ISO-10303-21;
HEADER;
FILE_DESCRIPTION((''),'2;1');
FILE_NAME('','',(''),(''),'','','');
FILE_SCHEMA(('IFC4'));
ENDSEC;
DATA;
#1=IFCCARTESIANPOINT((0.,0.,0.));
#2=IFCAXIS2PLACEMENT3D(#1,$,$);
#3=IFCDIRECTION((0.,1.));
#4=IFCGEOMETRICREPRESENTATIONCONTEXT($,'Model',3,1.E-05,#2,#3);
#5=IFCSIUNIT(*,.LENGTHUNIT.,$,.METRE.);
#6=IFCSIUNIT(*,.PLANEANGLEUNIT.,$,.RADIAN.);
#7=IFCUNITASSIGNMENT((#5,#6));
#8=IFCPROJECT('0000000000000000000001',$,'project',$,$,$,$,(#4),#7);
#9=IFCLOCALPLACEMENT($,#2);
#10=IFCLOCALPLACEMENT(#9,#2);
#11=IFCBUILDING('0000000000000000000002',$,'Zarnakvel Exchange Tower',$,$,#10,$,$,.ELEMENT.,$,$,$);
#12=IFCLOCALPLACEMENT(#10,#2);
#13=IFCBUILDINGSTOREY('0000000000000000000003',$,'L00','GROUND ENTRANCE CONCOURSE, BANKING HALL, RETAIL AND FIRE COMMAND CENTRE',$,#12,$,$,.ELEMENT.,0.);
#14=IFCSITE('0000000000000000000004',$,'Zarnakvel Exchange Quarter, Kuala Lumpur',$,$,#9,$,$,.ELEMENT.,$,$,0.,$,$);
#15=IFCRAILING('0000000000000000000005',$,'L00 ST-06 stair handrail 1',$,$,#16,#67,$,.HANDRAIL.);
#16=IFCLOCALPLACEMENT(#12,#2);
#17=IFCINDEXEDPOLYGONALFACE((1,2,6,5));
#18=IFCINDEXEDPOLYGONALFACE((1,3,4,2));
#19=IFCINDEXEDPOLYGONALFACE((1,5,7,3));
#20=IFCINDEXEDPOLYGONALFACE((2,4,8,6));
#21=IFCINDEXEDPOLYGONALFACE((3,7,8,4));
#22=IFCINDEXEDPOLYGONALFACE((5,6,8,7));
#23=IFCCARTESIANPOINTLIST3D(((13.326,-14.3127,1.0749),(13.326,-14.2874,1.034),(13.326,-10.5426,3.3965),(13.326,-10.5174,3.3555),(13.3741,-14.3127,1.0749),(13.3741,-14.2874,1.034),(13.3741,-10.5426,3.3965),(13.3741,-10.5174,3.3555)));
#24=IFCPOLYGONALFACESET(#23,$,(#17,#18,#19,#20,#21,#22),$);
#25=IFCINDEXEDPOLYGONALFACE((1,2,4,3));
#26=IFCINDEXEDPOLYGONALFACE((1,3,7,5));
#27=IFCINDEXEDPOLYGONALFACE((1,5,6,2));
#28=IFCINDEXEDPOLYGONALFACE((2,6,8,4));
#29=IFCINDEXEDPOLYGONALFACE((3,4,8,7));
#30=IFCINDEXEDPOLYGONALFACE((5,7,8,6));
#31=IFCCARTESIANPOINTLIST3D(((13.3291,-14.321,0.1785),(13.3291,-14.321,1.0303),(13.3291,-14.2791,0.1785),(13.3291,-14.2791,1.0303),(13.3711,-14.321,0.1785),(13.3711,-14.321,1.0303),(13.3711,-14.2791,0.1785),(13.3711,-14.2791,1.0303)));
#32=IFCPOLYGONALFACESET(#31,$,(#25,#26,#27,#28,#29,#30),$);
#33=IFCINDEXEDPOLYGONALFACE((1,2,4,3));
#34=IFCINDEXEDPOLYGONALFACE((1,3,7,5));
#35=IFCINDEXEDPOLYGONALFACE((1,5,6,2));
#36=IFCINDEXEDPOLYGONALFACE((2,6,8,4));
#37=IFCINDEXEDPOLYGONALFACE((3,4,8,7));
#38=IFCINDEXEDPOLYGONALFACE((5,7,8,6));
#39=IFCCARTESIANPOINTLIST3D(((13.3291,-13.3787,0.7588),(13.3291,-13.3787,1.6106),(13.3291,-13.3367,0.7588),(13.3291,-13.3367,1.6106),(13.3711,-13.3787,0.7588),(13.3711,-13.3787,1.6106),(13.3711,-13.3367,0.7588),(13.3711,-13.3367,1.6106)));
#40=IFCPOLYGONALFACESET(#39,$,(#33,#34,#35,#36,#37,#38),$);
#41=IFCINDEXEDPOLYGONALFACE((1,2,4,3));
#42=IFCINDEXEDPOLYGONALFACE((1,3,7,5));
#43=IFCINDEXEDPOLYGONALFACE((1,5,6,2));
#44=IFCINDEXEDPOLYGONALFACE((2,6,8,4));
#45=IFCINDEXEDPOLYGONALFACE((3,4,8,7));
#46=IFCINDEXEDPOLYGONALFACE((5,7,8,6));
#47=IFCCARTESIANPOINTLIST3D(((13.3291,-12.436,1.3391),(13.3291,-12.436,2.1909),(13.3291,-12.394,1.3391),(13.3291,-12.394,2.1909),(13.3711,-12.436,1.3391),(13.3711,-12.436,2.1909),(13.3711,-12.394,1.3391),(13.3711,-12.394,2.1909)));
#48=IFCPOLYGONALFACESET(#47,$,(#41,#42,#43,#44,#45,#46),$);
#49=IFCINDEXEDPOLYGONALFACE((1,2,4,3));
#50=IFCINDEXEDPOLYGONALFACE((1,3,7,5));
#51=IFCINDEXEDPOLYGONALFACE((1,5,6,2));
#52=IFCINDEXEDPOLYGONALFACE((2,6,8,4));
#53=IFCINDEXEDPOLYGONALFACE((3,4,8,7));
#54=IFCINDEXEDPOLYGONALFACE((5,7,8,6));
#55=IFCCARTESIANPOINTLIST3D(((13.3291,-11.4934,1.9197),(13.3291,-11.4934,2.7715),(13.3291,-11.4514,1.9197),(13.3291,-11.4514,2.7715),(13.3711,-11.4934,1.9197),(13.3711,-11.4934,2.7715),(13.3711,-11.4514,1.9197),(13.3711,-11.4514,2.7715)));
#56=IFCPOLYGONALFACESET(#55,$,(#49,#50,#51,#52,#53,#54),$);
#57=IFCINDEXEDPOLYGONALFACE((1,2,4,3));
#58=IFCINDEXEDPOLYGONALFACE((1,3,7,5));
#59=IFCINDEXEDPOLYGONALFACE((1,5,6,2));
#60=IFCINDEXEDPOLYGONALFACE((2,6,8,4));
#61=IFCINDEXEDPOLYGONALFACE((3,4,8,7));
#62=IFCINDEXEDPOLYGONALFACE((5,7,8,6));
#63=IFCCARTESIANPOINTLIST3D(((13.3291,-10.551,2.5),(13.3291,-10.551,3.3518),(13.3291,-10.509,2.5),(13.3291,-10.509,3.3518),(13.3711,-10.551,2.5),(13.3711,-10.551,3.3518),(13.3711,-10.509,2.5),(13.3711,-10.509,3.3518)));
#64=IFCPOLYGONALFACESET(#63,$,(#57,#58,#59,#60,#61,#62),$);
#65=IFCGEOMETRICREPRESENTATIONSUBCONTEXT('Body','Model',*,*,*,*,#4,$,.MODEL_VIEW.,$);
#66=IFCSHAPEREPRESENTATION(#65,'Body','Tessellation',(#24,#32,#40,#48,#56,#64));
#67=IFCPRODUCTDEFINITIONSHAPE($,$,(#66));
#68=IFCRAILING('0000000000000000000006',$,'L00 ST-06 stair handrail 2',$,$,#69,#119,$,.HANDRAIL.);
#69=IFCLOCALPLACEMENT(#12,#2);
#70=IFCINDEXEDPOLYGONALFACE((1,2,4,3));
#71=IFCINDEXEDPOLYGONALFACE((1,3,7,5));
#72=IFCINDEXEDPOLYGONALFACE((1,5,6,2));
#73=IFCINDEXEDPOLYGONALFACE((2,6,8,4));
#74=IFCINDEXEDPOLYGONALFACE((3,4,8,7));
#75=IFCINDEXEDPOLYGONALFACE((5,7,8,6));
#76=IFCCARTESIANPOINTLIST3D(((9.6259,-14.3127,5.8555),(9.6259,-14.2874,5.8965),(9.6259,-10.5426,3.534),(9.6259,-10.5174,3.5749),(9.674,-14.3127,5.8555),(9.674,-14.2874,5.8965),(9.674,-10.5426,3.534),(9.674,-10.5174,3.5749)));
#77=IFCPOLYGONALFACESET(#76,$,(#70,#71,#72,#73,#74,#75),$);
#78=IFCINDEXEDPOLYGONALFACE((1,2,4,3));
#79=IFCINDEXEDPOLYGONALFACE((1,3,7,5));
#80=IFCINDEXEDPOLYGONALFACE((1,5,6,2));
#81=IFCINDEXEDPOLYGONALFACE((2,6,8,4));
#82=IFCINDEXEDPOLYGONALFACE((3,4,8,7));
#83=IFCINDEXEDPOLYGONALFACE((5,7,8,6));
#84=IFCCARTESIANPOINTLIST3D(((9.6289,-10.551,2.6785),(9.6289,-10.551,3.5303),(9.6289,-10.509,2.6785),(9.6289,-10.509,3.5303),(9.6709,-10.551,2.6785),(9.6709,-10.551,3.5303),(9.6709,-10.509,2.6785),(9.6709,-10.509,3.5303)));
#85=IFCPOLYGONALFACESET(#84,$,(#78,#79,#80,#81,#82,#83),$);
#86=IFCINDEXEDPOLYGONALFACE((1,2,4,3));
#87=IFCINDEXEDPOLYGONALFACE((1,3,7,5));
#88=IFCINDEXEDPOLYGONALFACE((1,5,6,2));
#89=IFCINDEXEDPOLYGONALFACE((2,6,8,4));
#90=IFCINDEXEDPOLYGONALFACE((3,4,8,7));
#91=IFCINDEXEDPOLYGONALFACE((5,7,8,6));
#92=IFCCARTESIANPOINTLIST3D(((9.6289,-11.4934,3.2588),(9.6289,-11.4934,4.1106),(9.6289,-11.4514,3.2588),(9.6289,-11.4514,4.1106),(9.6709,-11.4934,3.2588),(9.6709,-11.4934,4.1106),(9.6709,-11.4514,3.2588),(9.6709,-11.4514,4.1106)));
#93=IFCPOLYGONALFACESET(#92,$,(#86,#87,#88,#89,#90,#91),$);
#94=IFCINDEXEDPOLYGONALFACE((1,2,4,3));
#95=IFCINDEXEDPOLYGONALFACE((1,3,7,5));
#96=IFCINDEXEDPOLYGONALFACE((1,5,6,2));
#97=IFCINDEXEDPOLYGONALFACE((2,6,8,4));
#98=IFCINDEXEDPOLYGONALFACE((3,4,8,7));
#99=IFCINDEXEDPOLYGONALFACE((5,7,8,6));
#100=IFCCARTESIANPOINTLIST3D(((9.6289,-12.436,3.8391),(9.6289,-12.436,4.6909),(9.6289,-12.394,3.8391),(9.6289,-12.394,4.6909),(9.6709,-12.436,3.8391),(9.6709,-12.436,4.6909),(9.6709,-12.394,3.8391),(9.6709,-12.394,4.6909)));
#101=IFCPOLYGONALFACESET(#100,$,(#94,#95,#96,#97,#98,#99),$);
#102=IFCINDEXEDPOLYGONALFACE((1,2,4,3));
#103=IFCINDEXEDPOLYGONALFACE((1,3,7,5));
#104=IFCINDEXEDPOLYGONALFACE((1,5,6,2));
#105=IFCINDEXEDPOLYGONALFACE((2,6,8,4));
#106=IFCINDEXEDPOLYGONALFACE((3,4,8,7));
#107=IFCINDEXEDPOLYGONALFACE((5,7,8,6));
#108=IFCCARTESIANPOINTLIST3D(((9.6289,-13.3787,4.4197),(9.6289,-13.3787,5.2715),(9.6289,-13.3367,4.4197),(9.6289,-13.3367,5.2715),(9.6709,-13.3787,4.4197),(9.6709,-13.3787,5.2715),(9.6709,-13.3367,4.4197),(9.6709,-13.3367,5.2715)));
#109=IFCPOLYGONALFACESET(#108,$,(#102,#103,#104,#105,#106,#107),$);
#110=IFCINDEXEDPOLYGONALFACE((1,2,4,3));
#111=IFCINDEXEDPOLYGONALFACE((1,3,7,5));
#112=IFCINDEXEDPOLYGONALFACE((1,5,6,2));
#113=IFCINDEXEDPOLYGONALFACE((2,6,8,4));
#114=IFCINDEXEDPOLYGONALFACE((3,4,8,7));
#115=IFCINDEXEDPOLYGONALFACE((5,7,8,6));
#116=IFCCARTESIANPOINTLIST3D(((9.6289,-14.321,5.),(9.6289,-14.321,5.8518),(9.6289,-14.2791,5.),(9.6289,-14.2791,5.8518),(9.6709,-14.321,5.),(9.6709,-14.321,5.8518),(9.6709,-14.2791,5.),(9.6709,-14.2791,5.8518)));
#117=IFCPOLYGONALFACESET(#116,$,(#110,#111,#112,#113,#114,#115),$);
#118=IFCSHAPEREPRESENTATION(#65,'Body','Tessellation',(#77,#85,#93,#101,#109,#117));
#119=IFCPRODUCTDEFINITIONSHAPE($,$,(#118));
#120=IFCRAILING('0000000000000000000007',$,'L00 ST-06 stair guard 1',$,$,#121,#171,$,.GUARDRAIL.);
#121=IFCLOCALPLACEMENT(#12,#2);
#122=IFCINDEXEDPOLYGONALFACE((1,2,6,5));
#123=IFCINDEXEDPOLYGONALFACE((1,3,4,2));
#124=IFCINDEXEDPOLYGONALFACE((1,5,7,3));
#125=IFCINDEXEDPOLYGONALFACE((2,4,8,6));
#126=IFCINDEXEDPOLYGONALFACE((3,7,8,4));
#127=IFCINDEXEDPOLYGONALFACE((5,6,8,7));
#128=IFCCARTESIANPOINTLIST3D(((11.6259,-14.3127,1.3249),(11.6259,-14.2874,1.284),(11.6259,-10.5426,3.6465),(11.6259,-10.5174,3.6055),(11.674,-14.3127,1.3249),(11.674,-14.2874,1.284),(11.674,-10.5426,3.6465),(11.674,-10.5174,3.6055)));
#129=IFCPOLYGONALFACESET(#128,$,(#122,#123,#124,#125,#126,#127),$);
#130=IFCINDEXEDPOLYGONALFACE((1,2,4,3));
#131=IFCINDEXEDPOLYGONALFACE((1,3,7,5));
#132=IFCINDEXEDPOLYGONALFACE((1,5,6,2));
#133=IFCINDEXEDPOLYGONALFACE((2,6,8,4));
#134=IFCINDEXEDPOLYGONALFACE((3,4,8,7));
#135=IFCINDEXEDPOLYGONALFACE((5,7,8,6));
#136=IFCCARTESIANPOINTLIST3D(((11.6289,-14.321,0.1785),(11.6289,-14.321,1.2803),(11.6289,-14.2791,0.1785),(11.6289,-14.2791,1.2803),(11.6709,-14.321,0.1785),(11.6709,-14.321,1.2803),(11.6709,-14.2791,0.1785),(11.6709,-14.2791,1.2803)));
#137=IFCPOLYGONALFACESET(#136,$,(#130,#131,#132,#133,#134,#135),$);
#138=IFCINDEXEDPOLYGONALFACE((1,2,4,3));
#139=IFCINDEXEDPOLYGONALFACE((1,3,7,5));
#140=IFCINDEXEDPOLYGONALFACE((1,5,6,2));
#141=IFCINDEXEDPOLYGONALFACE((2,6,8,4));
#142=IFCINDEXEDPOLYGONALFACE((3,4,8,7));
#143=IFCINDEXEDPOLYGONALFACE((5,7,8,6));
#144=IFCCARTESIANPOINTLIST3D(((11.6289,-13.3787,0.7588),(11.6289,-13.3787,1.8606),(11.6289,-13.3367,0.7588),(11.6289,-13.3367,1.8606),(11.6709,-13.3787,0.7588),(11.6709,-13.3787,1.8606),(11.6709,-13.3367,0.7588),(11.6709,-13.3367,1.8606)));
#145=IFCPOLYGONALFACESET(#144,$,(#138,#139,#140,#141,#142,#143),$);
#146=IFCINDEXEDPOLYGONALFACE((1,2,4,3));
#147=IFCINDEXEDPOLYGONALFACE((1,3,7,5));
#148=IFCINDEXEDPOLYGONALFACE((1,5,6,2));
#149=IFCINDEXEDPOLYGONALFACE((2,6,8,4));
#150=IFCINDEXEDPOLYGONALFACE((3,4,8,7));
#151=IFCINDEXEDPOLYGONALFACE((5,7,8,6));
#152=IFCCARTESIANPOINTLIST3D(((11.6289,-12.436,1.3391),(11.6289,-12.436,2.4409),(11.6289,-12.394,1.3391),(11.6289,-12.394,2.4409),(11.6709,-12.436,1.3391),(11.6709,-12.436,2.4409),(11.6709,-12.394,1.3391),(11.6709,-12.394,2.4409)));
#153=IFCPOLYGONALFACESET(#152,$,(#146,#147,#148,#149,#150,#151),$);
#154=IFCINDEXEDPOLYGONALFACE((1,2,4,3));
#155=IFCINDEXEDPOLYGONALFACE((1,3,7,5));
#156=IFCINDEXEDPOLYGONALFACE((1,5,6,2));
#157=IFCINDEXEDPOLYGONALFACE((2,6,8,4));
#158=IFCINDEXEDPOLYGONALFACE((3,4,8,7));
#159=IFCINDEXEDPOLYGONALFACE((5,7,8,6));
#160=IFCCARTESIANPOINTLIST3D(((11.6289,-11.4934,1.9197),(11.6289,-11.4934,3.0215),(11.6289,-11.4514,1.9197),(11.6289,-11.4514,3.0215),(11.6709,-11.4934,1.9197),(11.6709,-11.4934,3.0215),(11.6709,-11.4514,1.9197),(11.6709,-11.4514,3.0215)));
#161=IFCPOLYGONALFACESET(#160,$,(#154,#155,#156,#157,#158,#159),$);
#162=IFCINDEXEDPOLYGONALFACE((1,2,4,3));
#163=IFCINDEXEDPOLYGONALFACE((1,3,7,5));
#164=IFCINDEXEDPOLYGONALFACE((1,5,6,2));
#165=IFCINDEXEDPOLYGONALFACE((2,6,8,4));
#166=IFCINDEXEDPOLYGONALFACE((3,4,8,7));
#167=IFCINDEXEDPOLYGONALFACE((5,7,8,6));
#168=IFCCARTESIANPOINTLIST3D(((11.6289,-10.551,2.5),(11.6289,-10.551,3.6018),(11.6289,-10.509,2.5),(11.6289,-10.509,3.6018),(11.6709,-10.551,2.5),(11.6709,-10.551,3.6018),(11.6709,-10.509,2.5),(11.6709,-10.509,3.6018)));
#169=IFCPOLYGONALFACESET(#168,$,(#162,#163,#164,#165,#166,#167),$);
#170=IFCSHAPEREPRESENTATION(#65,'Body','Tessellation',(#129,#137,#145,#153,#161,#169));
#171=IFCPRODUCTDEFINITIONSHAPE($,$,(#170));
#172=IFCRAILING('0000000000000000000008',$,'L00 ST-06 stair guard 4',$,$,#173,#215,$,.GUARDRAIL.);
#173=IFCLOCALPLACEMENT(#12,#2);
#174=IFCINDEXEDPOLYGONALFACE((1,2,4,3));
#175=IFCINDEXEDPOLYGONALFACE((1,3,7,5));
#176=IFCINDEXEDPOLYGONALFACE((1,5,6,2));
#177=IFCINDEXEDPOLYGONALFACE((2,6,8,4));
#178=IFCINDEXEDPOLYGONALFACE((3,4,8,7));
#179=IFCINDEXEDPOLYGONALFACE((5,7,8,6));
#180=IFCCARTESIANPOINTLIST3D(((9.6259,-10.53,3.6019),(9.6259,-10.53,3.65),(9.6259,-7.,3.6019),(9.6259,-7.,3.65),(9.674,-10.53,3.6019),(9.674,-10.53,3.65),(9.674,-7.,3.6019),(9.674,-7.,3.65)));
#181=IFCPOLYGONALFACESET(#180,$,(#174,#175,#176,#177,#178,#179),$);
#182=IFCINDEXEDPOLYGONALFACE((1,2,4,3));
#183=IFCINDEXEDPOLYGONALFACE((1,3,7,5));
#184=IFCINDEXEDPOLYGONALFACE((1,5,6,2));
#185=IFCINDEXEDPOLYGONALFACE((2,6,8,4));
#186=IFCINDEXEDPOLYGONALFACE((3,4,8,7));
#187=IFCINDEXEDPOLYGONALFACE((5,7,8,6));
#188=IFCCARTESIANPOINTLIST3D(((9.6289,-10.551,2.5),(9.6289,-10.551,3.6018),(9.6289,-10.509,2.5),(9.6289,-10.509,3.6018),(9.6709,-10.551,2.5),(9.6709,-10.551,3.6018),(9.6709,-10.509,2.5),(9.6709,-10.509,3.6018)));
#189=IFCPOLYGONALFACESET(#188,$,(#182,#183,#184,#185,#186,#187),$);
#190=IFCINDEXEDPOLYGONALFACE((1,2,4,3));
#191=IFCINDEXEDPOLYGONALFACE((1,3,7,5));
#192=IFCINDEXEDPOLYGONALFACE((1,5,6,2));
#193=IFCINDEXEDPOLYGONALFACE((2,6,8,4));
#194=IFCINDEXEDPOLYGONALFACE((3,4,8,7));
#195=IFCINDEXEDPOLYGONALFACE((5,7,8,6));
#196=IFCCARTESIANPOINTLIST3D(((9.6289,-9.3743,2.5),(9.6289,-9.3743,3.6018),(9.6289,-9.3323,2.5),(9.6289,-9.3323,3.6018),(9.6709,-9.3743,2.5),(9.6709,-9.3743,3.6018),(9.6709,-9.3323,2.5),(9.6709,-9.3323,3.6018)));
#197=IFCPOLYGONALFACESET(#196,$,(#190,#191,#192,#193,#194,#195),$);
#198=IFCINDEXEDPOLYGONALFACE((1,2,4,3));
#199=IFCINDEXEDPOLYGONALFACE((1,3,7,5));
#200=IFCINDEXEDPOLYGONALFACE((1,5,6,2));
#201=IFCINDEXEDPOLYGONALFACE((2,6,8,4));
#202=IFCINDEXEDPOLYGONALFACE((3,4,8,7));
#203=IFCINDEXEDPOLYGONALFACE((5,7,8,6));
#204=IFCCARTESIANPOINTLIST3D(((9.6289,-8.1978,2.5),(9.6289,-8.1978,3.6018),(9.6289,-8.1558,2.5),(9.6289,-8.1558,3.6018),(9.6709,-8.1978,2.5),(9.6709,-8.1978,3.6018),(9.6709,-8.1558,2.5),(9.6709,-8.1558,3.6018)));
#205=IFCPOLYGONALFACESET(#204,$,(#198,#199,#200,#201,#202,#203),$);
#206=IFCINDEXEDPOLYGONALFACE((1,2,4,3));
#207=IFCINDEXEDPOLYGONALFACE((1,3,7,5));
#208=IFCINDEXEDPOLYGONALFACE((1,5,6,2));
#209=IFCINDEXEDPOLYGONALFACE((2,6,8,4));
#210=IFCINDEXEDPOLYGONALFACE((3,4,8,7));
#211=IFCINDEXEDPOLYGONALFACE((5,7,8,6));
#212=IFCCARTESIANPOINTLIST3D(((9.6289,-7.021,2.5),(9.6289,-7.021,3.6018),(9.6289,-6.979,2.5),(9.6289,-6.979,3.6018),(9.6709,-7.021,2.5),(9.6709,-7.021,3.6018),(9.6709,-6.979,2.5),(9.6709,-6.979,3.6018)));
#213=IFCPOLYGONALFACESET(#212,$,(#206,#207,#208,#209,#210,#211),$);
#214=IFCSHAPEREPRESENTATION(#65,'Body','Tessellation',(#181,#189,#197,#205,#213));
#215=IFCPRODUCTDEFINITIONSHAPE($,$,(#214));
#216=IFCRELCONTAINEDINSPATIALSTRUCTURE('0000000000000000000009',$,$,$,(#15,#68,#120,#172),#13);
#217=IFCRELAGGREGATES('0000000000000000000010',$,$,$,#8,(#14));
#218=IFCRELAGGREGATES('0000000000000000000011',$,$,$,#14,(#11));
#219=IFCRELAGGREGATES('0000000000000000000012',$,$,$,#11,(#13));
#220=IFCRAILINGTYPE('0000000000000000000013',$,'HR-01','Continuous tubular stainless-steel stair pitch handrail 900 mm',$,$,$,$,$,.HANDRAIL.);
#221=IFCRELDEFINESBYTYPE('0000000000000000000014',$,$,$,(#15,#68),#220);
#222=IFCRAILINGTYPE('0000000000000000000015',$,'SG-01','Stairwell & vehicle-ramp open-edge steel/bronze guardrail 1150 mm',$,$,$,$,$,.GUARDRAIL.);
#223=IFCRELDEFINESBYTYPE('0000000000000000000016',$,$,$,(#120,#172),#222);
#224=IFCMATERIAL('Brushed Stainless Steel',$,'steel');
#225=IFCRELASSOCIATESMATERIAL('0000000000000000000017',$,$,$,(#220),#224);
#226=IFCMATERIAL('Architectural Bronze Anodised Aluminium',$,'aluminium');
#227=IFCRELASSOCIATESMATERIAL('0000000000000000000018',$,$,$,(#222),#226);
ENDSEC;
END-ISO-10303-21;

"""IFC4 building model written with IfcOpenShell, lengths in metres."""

from ifc_helpers import new_model, si_unit, direction, frame, origin, origin_2d, place, context, subcontext, project, spatial, rectangle, extrude, material, type_object, element, save


model = new_model("IFC4")

# Units and contexts
model_context = context("Model", 3, precision=1e-05, world=origin(), true_north=direction((0.0, 1.0)))
body_context = subcontext(model_context, "Body", "Model", "MODEL_VIEW")
ifc_project = project(units=[si_unit("LENGTHUNIT", "METRE"), si_unit("PLANEANGLEUNIT", "RADIAN")], contexts=[model_context])

# Site, building, storey
site_placement = place(None, origin())
site = spatial("IfcSite", under=ifc_project, at=site_placement, Name="Zarnakvel Exchange Quarter, Kuala Lumpur", CompositionType="ELEMENT", RefElevation=0.0)
building_placement = place(site_placement, origin())
building = spatial("IfcBuilding", under=site, at=building_placement, Name="Zarnakvel Exchange Tower", CompositionType="ELEMENT")
storey_placement = place(building_placement, origin())
storey = spatial("IfcBuildingStorey", under=building, at=storey_placement, Name="L00", Description="GROUND ENTRANCE CONCOURSE, BANKING HALL, RETAIL AND FIRE COMMAND CENTRE", CompositionType="ELEMENT", Elevation=0.0)

# Shared definitions
ifc_material_1 = material(Name="Architectural Bronze Anodised Aluminium", Category="aluminium")

# Railings
ifc_material_2 = material(Name="Brushed Stainless Steel", Category="steel")
railing_type_1 = type_object("IfcRailingType", Name="HR-01", Description="Continuous tubular stainless-steel stair pitch handrail 900 mm", PredefinedType="HANDRAIL", material=ifc_material_2)
railing_1_placement = place(storey_placement, frame((13.3501, -14.3, 0.1785)))
element("IfcRailing", 1, at=railing_1_placement, inside=storey, type_object=railing_type_1, Name="L00 ST-06 stair handrail 1", PredefinedType="HANDRAIL", context=body_context, shape_type="SweptSolid", body=[
    extrude(rectangle(XDim=0.0481, YDim=0.0481, at=origin_2d()), frame((0.0, 0.0, 0.876), z_axis=(0.0, 0.851505, 0.524347), x_axis=(-1.0, 0.0, 0.0)), (0.0, 0.0, 1.0), 4.4275),
    extrude(rectangle(XDim=0.042, YDim=0.042, at=origin_2d()), origin(), (0.0, 0.0, 1.0), 0.8518),
    extrude(rectangle(XDim=0.042, YDim=0.042, at=origin_2d()), frame((0.0, 0.9424, 0.5803)), (0.0, 0.0, 1.0), 0.8518),
    extrude(rectangle(XDim=0.042, YDim=0.042, at=origin_2d()), frame((0.0, 1.885, 1.1606)), (0.0, 0.0, 1.0), 0.8518),
    extrude(rectangle(XDim=0.042, YDim=0.042, at=origin_2d()), frame((0.0, 2.8276, 1.7412)), (0.0, 0.0, 1.0), 0.8518),
    extrude(rectangle(XDim=0.042, YDim=0.042, at=origin_2d()), frame((0.0, 3.77, 2.3215)), (0.0, 0.0, 1.0), 0.8518),
])
railing_2_placement = place(storey_placement, frame((9.6499, -10.53, 2.6785)))
element("IfcRailing", 2, at=railing_2_placement, inside=storey, type_object=railing_type_1, Name="L00 ST-06 stair handrail 2", PredefinedType="HANDRAIL", context=body_context, shape_type="SweptSolid", body=[
    extrude(rectangle(XDim=0.0481, YDim=0.0481, at=origin_2d()), frame((0.0, 0.0, 0.876), z_axis=(0.0, -0.851505, 0.524347), x_axis=(1.0, 0.0, 0.0)), (0.0, 0.0, 1.0), 4.4275),
    extrude(rectangle(XDim=0.042, YDim=0.042, at=origin_2d()), origin(), (0.0, 0.0, 1.0), 0.8518),
    extrude(rectangle(XDim=0.042, YDim=0.042, at=origin_2d()), frame((0.0, -0.9424, 0.5803)), (0.0, 0.0, 1.0), 0.8518),
    extrude(rectangle(XDim=0.042, YDim=0.042, at=origin_2d()), frame((0.0, -1.885, 1.1606)), (0.0, 0.0, 1.0), 0.8518),
    extrude(rectangle(XDim=0.042, YDim=0.042, at=origin_2d()), frame((0.0, -2.8276, 1.7412)), (0.0, 0.0, 1.0), 0.8518),
    extrude(rectangle(XDim=0.042, YDim=0.042, at=origin_2d()), frame((0.0, -3.77, 2.3215)), (0.0, 0.0, 1.0), 0.8518),
])
railing_type_2 = type_object("IfcRailingType", Name="SG-01", Description="Stairwell & vehicle-ramp open-edge steel/bronze guardrail 1150 mm", PredefinedType="GUARDRAIL", material=ifc_material_1)
railing_3_placement = place(storey_placement, frame((11.6499, -14.3, 0.1785)))
element("IfcRailing", 3, at=railing_3_placement, inside=storey, type_object=railing_type_2, Name="L00 ST-06 stair guard 1", PredefinedType="GUARDRAIL", context=body_context, shape_type="SweptSolid", body=[
    extrude(rectangle(XDim=0.0481, YDim=0.0481, at=origin_2d()), frame((0.0, 0.0, 1.126), z_axis=(0.0, 0.851505, 0.524347), x_axis=(-1.0, 0.0, 0.0)), (0.0, 0.0, 1.0), 4.4275),
    extrude(rectangle(XDim=0.042, YDim=0.042, at=origin_2d()), origin(), (0.0, 0.0, 1.0), 1.1018),
    extrude(rectangle(XDim=0.042, YDim=0.042, at=origin_2d()), frame((0.0, 0.9424, 0.5803)), (0.0, 0.0, 1.0), 1.1018),
    extrude(rectangle(XDim=0.042, YDim=0.042, at=origin_2d()), frame((0.0, 1.885, 1.1606)), (0.0, 0.0, 1.0), 1.1018),
    extrude(rectangle(XDim=0.042, YDim=0.042, at=origin_2d()), frame((0.0, 2.8276, 1.7412)), (0.0, 0.0, 1.0), 1.1018),
    extrude(rectangle(XDim=0.042, YDim=0.042, at=origin_2d()), frame((0.0, 3.77, 2.3215)), (0.0, 0.0, 1.0), 1.1018),
])
railing_4_placement = place(storey_placement, frame((9.6499, -10.53, 2.5)))
element("IfcRailing", 4, at=railing_4_placement, inside=storey, type_object=railing_type_2, Name="L00 ST-06 stair guard 4", PredefinedType="GUARDRAIL", context=body_context, shape_type="SweptSolid", body=[
    extrude(rectangle(XDim=0.0481, YDim=0.0481, at=origin_2d()), frame((0.0, 0.0, 1.126), z_axis=(0.0, 1.0, 0.0), x_axis=(-1.0, 0.0, 0.0)), (0.0, 0.0, 1.0), 3.53),
    extrude(rectangle(XDim=0.042, YDim=0.042, at=origin_2d()), origin(), (0.0, 0.0, 1.0), 1.1018),
    extrude(rectangle(XDim=0.042, YDim=0.042, at=origin_2d()), frame((0.0, 1.1768, 0.0)), (0.0, 0.0, 1.0), 1.1018),
    extrude(rectangle(XDim=0.042, YDim=0.042, at=origin_2d()), frame((0.0, 2.3533, 0.0)), (0.0, 0.0, 1.0), 1.1018),
    extrude(rectangle(XDim=0.042, YDim=0.042, at=origin_2d()), frame((0.0, 3.53, 0.0)), (0.0, 0.0, 1.0), 1.1018),
])

save(model, "model.ifc")
